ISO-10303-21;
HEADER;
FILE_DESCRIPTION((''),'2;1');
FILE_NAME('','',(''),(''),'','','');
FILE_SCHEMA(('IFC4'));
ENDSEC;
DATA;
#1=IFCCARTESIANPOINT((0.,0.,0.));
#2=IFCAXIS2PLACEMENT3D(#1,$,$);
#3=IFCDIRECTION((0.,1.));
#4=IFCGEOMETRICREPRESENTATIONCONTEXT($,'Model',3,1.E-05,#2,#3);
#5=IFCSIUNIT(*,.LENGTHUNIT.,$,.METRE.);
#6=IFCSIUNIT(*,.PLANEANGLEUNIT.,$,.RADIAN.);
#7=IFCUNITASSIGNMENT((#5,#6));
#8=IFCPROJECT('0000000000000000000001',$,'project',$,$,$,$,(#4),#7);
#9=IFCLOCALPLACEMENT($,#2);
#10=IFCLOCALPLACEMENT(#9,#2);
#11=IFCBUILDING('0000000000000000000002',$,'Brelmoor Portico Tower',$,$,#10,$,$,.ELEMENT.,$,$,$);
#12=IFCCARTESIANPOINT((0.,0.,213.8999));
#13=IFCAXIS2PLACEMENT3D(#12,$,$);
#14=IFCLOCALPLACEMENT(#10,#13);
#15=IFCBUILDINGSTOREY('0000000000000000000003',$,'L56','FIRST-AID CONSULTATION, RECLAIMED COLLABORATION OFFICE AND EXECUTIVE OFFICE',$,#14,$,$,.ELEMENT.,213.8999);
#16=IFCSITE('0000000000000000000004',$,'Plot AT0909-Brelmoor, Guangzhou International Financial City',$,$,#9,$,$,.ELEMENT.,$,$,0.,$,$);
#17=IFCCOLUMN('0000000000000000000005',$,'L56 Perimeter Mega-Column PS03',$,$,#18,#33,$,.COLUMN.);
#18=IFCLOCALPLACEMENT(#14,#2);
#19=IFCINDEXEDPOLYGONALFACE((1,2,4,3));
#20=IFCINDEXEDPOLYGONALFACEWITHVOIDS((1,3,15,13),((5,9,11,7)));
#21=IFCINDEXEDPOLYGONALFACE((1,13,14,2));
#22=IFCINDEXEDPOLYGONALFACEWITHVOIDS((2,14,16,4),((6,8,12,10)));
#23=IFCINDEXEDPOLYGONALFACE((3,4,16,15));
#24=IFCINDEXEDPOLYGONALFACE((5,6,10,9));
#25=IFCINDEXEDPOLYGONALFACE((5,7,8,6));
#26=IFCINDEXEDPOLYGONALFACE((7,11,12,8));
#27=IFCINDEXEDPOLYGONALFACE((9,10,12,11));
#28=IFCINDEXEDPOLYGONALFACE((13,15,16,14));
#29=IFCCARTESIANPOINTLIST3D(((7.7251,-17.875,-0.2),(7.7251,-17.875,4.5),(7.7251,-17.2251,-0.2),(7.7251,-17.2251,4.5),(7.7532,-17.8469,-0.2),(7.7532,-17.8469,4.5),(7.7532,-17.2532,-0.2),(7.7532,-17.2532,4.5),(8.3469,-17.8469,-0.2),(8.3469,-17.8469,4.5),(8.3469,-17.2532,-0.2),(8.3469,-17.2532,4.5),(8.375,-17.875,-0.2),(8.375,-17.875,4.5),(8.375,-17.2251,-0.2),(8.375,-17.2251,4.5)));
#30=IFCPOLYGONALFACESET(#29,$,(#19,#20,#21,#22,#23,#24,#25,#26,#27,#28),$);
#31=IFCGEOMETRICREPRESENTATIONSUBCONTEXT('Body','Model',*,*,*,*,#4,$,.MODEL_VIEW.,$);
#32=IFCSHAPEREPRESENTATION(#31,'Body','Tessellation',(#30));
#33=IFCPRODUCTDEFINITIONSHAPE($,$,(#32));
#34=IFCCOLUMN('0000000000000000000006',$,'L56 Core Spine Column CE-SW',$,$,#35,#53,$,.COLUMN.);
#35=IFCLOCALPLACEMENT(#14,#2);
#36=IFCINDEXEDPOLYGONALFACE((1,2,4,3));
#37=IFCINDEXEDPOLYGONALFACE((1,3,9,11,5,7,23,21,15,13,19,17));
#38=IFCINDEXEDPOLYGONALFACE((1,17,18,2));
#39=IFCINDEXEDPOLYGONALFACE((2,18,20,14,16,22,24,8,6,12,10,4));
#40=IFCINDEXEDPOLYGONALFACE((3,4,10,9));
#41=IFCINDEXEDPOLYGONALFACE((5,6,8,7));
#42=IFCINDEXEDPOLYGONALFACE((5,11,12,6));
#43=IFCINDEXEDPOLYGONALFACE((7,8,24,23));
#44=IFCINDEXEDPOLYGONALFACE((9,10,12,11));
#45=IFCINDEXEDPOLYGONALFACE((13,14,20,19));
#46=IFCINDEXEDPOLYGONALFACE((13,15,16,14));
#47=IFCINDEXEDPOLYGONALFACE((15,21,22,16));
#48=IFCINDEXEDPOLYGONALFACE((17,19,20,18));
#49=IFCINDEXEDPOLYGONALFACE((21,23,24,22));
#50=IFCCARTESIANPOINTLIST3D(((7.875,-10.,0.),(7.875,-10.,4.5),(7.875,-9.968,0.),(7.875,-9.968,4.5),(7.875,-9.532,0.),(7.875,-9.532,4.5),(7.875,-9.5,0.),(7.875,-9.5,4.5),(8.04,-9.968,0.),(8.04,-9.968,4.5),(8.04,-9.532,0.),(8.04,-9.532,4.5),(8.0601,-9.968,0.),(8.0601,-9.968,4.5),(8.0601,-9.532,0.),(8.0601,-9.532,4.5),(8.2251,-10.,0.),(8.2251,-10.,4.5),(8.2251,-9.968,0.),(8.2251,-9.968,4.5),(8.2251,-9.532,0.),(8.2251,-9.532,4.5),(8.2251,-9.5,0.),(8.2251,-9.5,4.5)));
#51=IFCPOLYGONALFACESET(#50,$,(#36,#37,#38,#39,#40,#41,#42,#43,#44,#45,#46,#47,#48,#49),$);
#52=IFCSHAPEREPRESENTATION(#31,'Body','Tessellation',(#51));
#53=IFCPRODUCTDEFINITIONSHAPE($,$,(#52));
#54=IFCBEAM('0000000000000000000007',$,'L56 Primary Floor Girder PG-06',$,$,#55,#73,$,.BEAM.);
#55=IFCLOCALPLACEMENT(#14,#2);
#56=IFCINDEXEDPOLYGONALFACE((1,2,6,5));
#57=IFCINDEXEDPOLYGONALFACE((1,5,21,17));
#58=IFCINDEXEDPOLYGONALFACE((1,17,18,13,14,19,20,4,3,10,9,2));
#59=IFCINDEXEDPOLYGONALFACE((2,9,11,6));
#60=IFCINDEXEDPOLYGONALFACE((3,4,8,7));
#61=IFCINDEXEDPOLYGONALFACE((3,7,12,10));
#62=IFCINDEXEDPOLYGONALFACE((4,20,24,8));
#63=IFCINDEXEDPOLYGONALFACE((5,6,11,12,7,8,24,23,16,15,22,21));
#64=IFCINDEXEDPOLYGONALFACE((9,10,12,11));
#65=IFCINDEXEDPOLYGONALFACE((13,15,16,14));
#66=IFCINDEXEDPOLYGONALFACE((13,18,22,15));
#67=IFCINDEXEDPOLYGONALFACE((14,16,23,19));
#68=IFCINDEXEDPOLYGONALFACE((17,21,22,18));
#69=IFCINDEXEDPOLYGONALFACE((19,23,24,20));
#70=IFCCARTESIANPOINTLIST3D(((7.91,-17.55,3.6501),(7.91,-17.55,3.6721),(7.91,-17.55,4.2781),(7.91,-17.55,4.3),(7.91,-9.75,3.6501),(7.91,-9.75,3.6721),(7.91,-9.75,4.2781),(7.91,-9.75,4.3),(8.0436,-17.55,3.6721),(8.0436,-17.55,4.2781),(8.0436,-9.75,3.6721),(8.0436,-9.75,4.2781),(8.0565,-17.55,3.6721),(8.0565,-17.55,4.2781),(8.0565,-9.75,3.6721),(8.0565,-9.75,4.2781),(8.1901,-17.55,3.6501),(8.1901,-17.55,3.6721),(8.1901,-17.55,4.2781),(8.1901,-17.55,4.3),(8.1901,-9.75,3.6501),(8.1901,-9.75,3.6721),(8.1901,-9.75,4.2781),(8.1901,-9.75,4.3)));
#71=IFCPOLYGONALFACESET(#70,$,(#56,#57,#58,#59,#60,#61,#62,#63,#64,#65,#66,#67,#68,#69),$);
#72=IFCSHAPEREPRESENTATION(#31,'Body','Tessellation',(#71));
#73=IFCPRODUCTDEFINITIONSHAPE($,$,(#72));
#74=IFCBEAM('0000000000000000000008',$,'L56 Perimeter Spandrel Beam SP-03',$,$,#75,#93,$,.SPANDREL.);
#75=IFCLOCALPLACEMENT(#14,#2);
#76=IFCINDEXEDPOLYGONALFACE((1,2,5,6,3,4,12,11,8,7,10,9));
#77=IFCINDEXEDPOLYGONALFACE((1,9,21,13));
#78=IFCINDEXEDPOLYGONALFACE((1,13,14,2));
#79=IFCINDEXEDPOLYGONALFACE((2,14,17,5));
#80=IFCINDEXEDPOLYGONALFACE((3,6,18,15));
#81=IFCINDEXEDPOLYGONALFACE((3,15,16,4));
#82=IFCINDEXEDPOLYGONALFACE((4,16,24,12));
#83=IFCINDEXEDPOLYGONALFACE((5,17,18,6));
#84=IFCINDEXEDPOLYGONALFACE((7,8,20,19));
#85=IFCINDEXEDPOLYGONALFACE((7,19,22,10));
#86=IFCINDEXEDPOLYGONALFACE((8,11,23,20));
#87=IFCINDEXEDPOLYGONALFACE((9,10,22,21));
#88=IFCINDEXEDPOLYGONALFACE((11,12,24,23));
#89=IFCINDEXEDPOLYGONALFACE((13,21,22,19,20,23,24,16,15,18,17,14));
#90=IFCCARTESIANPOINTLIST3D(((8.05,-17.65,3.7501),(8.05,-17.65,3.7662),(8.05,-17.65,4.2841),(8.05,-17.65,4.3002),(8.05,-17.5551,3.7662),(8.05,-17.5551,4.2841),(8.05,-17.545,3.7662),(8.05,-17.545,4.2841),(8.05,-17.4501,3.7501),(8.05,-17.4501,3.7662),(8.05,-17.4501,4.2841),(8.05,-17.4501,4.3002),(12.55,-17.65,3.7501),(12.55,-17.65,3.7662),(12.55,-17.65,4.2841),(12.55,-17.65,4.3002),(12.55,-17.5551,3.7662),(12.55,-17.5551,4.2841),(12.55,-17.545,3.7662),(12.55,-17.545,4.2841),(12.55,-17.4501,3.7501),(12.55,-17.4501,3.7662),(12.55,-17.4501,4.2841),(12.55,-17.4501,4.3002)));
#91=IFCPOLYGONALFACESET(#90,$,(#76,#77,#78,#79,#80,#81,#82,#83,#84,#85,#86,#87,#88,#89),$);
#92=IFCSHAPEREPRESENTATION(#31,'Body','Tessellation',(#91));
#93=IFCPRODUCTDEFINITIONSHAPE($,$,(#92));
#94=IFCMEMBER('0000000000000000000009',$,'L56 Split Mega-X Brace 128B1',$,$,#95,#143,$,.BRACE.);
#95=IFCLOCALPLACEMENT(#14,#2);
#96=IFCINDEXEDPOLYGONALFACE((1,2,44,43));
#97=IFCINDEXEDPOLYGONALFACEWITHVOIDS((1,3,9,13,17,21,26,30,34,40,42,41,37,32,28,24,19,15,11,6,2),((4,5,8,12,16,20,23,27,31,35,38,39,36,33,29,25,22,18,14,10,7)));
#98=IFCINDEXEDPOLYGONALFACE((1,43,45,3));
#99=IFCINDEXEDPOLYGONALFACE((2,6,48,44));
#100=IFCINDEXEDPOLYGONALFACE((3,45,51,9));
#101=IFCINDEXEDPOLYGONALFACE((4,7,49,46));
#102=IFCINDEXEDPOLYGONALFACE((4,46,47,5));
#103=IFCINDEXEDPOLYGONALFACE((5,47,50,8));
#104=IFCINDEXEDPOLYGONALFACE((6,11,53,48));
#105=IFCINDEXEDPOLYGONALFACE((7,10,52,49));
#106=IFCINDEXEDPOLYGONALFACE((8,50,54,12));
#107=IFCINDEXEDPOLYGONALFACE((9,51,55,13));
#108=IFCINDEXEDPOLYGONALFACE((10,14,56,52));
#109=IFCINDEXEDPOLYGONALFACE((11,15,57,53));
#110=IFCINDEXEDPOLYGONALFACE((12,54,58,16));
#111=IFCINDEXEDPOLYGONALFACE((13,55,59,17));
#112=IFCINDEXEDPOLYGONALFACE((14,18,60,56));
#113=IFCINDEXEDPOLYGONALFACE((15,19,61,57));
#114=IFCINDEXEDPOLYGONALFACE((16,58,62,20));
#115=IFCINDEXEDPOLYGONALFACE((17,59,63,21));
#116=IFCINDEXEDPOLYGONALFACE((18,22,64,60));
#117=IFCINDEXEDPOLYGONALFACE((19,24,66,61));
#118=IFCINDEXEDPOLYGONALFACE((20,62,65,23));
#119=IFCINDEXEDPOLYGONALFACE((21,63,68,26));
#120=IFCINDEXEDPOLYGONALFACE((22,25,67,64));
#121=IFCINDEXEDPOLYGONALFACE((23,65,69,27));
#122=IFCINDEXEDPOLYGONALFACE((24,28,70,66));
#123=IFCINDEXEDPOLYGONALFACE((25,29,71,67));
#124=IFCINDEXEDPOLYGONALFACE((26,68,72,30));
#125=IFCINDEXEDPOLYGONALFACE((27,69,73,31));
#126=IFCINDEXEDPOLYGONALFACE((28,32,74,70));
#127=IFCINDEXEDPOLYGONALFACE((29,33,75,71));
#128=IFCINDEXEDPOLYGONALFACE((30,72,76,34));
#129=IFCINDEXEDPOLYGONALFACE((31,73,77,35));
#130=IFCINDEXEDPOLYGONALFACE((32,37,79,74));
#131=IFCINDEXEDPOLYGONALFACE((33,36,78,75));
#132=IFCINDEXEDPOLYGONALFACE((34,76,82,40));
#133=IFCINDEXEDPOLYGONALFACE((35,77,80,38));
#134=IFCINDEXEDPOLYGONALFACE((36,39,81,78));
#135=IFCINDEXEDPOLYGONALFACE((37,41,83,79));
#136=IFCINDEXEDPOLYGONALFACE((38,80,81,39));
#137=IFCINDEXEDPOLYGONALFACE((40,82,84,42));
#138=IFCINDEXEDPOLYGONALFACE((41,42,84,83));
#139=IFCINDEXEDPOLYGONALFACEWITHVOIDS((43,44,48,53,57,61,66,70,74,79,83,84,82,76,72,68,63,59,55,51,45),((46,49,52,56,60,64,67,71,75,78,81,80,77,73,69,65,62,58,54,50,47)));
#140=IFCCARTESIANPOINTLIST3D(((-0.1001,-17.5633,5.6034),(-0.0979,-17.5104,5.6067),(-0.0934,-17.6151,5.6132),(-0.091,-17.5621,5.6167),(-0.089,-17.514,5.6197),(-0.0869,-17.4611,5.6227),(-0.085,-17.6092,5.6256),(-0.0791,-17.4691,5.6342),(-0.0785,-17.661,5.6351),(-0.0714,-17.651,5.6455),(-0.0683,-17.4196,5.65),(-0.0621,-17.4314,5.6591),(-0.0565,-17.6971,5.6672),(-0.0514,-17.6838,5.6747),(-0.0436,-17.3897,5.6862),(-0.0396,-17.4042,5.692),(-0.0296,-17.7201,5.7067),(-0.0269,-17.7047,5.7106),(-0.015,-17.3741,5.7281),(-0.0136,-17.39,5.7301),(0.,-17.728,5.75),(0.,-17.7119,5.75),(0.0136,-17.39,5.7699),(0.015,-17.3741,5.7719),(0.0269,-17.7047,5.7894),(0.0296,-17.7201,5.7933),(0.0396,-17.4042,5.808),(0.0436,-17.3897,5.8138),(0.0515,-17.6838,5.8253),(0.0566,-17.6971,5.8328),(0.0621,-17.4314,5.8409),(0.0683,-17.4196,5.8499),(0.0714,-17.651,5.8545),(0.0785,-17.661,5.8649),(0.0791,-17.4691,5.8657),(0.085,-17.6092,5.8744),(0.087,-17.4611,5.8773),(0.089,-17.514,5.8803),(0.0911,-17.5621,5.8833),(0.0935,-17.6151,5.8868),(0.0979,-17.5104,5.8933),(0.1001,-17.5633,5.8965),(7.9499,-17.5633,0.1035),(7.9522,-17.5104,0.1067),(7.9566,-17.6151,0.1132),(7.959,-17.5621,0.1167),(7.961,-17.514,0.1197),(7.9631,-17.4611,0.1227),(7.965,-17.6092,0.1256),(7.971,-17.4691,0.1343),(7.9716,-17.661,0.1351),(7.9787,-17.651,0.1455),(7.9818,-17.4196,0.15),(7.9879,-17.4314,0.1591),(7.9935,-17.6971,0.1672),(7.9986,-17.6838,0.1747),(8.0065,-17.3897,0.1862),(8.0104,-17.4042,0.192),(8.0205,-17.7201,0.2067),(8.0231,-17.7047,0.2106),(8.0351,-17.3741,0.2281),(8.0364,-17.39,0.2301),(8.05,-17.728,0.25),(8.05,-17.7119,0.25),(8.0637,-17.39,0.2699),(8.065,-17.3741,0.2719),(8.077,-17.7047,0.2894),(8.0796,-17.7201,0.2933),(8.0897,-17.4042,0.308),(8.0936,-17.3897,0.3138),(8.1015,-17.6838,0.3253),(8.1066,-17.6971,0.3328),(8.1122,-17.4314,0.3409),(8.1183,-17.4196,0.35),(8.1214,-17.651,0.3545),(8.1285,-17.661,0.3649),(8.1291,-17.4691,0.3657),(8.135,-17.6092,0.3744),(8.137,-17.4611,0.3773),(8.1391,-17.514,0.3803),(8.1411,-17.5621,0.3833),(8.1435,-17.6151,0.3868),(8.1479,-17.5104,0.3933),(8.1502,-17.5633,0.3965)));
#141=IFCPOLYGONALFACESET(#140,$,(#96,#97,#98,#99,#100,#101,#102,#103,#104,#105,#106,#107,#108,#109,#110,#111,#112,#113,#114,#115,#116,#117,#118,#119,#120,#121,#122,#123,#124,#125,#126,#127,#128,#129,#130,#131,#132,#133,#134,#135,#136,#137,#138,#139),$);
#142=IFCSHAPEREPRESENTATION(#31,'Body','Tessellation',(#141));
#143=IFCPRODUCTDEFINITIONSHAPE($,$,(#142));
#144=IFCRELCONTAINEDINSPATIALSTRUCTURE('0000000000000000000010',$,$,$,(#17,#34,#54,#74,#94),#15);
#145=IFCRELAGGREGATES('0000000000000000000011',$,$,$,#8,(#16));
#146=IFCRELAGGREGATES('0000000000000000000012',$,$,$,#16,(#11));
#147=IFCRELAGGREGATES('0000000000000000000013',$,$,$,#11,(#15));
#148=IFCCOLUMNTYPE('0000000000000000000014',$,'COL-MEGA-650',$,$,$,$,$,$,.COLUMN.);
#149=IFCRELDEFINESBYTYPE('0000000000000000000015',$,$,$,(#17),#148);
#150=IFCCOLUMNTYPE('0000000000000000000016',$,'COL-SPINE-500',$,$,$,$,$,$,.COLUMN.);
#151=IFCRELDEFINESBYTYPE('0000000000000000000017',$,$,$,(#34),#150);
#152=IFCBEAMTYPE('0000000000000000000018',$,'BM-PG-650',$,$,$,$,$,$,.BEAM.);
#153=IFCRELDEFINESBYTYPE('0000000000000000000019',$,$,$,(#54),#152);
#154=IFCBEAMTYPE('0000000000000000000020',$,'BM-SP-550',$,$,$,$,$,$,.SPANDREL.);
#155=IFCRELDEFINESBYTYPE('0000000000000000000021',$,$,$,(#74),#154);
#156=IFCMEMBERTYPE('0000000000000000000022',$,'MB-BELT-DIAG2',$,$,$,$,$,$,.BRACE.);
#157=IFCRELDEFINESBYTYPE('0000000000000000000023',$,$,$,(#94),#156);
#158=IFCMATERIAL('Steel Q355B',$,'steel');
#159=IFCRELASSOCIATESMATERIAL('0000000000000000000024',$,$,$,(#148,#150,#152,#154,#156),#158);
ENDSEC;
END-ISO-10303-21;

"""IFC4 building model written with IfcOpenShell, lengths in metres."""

from ifc_helpers import new_model, si_unit, direction, frame, origin, origin_2d, place, context, subcontext, project, spatial, hollow_rectangle, hollow_circle, i_section, extrude, material, material_profile, profile_set, type_object, element, save


model = new_model("IFC4")

# Units and contexts
model_context = context("Model", 3, precision=1e-05, world=origin(), true_north=direction((0.0, 1.0)))
body_context = subcontext(model_context, "Body", "Model", "MODEL_VIEW")
ifc_project = project(units=[si_unit("LENGTHUNIT", "METRE"), si_unit("PLANEANGLEUNIT", "RADIAN")], contexts=[model_context])

# Site, building, storey
site_placement = place(None, origin())
site = spatial("IfcSite", under=ifc_project, at=site_placement, Name="Plot AT0909-Brelmoor, Guangzhou International Financial City", CompositionType="ELEMENT", RefElevation=0.0)
building_placement = place(site_placement, origin())
building = spatial("IfcBuilding", under=site, at=building_placement, Name="Brelmoor Portico Tower", CompositionType="ELEMENT")
storey_placement = place(building_placement, frame((0.0, 0.0, 213.8999)))
storey = spatial("IfcBuildingStorey", under=building, at=storey_placement, Name="L56", Description="FIRST-AID CONSULTATION, RECLAIMED COLLABORATION OFFICE AND EXECUTIVE OFFICE", CompositionType="ELEMENT", Elevation=213.8999)

# Columns
ifc_material_1 = material(Name="Steel Q355B", Category="steel")
ifc_material_profile_1 = material_profile(ifc_material_1, hollow_rectangle(XDim=0.6499, YDim=0.6499, WallThickness=0.0281, at=origin_2d()), Name="BOX 650x650x28")
ifc_profile_set_1 = profile_set([ifc_material_profile_1], Name="Steel Q355B")
column_type_1 = type_object("IfcColumnType", Name="COL-MEGA-650", PredefinedType="COLUMN", material=ifc_profile_set_1)
column_1_placement = place(storey_placement, frame((8.05, -17.55, -0.2), z_axis=(0.0, 0.0, 1.0), x_axis=(1.0, 0.0, 0.0)))
element("IfcColumn", 1, at=column_1_placement, inside=storey, type_object=column_type_1, Name="L56 Perimeter Mega-Column PS03", PredefinedType="COLUMN", context=body_context, shape_type="SweptSolid", body=[
    extrude(hollow_rectangle(XDim=0.6499, YDim=0.6499, WallThickness=0.0281, at=origin_2d()), origin(), (0.0, 0.0, 1.0), 4.7),
])
ifc_material_profile_2 = material_profile(ifc_material_1, i_section(OverallWidth=0.3501, OverallDepth=0.5, WebThickness=0.02, FlangeThickness=0.032, at=origin_2d()), Name="HW 500x350x20x32")
ifc_profile_set_2 = profile_set([ifc_material_profile_2], Name="Steel Q355B")
column_type_2 = type_object("IfcColumnType", Name="COL-SPINE-500", PredefinedType="COLUMN", material=ifc_profile_set_2)
column_2_placement = place(storey_placement, frame((8.05, -9.75, 0.0), z_axis=(0.0, 0.0, 1.0), x_axis=(1.0, 0.0, 0.0)))
element("IfcColumn", 2, at=column_2_placement, inside=storey, type_object=column_type_2, Name="L56 Core Spine Column CE-SW", PredefinedType="COLUMN", context=body_context, shape_type="SweptSolid", body=[
    extrude(i_section(OverallWidth=0.3501, OverallDepth=0.5, WebThickness=0.02, FlangeThickness=0.032, at=origin_2d()), origin(), (0.0, 0.0, 1.0), 4.5),
])

# Beams
ifc_material_profile_3 = material_profile(ifc_material_1, i_section(OverallWidth=0.28, OverallDepth=0.6499, WebThickness=0.0129, FlangeThickness=0.022, at=origin_2d()), Name="HN 650x280x13x22")
ifc_profile_set_3 = profile_set([ifc_material_profile_3], Name="Steel Q355B")
beam_type_1 = type_object("IfcBeamType", Name="BM-PG-650", PredefinedType="BEAM", material=ifc_profile_set_3)
beam_1_placement = place(storey_placement, frame((8.05, -17.55, 3.9751), z_axis=(0.0, 1.0, 0.0), x_axis=(-1.0, 0.0, 0.0)))
element("IfcBeam", 3, at=beam_1_placement, inside=storey, type_object=beam_type_1, Name="L56 Primary Floor Girder PG-06", PredefinedType="BEAM", context=body_context, shape_type="SweptSolid", body=[
    extrude(i_section(OverallWidth=0.28, OverallDepth=0.6499, WebThickness=0.0129, FlangeThickness=0.022, at=origin_2d()), origin(), (0.0, 0.0, 1.0), 7.8),
])
ifc_material_profile_4 = material_profile(ifc_material_1, i_section(OverallWidth=0.2, OverallDepth=0.55, WebThickness=0.01, FlangeThickness=0.0161, at=origin_2d()), Name="HN 550x200x10x16")
ifc_profile_set_4 = profile_set([ifc_material_profile_4], Name="Steel Q355B")
beam_type_2 = type_object("IfcBeamType", Name="BM-SP-550", PredefinedType="SPANDREL", material=ifc_profile_set_4)
beam_2_placement = place(storey_placement, frame((8.05, -17.55, 4.0251), z_axis=(1.0, 0.0, 0.0), x_axis=(0.0, 1.0, 0.0)))
element("IfcBeam", 4, at=beam_2_placement, inside=storey, type_object=beam_type_2, Name="L56 Perimeter Spandrel Beam SP-03", PredefinedType="SPANDREL", context=body_context, shape_type="SweptSolid", body=[
    extrude(i_section(OverallWidth=0.2, OverallDepth=0.55, WebThickness=0.01, FlangeThickness=0.0161, at=origin_2d()), origin(), (0.0, 0.0, 1.0), 4.5),
])

# Member
ifc_material_profile_5 = material_profile(ifc_material_1, hollow_circle(Radius=0.178, WallThickness=0.0161, at=origin_2d()), Name="CHS 356x16")
ifc_profile_set_5 = profile_set([ifc_material_profile_5], Name="Steel Q355B")
member_type_1 = type_object("IfcMemberType", Name="MB-BELT-DIAG2", PredefinedType="BRACE", material=ifc_profile_set_5)
for number, where, z_axis, x_axis, name in (
    (5, (8.05, -17.55, 0.25), (-0.825686, 0.0, 0.56413), (0.0, -1.0, 0.0), "L56 Split Mega-X Brace 128B1"),
):
    element("IfcMember", number, at=place(storey_placement, frame(where, z_axis=z_axis, x_axis=x_axis)), inside=storey, type_object=member_type_1, Name=name, PredefinedType="BRACE", context=body_context, shape_type="SweptSolid", body=[
        extrude(hollow_circle(Radius=0.178, WallThickness=0.0161, at=origin_2d()), origin(), (0.0, 0.0, 1.0), 9.7495),
    ])

save(model, "model.ifc")
